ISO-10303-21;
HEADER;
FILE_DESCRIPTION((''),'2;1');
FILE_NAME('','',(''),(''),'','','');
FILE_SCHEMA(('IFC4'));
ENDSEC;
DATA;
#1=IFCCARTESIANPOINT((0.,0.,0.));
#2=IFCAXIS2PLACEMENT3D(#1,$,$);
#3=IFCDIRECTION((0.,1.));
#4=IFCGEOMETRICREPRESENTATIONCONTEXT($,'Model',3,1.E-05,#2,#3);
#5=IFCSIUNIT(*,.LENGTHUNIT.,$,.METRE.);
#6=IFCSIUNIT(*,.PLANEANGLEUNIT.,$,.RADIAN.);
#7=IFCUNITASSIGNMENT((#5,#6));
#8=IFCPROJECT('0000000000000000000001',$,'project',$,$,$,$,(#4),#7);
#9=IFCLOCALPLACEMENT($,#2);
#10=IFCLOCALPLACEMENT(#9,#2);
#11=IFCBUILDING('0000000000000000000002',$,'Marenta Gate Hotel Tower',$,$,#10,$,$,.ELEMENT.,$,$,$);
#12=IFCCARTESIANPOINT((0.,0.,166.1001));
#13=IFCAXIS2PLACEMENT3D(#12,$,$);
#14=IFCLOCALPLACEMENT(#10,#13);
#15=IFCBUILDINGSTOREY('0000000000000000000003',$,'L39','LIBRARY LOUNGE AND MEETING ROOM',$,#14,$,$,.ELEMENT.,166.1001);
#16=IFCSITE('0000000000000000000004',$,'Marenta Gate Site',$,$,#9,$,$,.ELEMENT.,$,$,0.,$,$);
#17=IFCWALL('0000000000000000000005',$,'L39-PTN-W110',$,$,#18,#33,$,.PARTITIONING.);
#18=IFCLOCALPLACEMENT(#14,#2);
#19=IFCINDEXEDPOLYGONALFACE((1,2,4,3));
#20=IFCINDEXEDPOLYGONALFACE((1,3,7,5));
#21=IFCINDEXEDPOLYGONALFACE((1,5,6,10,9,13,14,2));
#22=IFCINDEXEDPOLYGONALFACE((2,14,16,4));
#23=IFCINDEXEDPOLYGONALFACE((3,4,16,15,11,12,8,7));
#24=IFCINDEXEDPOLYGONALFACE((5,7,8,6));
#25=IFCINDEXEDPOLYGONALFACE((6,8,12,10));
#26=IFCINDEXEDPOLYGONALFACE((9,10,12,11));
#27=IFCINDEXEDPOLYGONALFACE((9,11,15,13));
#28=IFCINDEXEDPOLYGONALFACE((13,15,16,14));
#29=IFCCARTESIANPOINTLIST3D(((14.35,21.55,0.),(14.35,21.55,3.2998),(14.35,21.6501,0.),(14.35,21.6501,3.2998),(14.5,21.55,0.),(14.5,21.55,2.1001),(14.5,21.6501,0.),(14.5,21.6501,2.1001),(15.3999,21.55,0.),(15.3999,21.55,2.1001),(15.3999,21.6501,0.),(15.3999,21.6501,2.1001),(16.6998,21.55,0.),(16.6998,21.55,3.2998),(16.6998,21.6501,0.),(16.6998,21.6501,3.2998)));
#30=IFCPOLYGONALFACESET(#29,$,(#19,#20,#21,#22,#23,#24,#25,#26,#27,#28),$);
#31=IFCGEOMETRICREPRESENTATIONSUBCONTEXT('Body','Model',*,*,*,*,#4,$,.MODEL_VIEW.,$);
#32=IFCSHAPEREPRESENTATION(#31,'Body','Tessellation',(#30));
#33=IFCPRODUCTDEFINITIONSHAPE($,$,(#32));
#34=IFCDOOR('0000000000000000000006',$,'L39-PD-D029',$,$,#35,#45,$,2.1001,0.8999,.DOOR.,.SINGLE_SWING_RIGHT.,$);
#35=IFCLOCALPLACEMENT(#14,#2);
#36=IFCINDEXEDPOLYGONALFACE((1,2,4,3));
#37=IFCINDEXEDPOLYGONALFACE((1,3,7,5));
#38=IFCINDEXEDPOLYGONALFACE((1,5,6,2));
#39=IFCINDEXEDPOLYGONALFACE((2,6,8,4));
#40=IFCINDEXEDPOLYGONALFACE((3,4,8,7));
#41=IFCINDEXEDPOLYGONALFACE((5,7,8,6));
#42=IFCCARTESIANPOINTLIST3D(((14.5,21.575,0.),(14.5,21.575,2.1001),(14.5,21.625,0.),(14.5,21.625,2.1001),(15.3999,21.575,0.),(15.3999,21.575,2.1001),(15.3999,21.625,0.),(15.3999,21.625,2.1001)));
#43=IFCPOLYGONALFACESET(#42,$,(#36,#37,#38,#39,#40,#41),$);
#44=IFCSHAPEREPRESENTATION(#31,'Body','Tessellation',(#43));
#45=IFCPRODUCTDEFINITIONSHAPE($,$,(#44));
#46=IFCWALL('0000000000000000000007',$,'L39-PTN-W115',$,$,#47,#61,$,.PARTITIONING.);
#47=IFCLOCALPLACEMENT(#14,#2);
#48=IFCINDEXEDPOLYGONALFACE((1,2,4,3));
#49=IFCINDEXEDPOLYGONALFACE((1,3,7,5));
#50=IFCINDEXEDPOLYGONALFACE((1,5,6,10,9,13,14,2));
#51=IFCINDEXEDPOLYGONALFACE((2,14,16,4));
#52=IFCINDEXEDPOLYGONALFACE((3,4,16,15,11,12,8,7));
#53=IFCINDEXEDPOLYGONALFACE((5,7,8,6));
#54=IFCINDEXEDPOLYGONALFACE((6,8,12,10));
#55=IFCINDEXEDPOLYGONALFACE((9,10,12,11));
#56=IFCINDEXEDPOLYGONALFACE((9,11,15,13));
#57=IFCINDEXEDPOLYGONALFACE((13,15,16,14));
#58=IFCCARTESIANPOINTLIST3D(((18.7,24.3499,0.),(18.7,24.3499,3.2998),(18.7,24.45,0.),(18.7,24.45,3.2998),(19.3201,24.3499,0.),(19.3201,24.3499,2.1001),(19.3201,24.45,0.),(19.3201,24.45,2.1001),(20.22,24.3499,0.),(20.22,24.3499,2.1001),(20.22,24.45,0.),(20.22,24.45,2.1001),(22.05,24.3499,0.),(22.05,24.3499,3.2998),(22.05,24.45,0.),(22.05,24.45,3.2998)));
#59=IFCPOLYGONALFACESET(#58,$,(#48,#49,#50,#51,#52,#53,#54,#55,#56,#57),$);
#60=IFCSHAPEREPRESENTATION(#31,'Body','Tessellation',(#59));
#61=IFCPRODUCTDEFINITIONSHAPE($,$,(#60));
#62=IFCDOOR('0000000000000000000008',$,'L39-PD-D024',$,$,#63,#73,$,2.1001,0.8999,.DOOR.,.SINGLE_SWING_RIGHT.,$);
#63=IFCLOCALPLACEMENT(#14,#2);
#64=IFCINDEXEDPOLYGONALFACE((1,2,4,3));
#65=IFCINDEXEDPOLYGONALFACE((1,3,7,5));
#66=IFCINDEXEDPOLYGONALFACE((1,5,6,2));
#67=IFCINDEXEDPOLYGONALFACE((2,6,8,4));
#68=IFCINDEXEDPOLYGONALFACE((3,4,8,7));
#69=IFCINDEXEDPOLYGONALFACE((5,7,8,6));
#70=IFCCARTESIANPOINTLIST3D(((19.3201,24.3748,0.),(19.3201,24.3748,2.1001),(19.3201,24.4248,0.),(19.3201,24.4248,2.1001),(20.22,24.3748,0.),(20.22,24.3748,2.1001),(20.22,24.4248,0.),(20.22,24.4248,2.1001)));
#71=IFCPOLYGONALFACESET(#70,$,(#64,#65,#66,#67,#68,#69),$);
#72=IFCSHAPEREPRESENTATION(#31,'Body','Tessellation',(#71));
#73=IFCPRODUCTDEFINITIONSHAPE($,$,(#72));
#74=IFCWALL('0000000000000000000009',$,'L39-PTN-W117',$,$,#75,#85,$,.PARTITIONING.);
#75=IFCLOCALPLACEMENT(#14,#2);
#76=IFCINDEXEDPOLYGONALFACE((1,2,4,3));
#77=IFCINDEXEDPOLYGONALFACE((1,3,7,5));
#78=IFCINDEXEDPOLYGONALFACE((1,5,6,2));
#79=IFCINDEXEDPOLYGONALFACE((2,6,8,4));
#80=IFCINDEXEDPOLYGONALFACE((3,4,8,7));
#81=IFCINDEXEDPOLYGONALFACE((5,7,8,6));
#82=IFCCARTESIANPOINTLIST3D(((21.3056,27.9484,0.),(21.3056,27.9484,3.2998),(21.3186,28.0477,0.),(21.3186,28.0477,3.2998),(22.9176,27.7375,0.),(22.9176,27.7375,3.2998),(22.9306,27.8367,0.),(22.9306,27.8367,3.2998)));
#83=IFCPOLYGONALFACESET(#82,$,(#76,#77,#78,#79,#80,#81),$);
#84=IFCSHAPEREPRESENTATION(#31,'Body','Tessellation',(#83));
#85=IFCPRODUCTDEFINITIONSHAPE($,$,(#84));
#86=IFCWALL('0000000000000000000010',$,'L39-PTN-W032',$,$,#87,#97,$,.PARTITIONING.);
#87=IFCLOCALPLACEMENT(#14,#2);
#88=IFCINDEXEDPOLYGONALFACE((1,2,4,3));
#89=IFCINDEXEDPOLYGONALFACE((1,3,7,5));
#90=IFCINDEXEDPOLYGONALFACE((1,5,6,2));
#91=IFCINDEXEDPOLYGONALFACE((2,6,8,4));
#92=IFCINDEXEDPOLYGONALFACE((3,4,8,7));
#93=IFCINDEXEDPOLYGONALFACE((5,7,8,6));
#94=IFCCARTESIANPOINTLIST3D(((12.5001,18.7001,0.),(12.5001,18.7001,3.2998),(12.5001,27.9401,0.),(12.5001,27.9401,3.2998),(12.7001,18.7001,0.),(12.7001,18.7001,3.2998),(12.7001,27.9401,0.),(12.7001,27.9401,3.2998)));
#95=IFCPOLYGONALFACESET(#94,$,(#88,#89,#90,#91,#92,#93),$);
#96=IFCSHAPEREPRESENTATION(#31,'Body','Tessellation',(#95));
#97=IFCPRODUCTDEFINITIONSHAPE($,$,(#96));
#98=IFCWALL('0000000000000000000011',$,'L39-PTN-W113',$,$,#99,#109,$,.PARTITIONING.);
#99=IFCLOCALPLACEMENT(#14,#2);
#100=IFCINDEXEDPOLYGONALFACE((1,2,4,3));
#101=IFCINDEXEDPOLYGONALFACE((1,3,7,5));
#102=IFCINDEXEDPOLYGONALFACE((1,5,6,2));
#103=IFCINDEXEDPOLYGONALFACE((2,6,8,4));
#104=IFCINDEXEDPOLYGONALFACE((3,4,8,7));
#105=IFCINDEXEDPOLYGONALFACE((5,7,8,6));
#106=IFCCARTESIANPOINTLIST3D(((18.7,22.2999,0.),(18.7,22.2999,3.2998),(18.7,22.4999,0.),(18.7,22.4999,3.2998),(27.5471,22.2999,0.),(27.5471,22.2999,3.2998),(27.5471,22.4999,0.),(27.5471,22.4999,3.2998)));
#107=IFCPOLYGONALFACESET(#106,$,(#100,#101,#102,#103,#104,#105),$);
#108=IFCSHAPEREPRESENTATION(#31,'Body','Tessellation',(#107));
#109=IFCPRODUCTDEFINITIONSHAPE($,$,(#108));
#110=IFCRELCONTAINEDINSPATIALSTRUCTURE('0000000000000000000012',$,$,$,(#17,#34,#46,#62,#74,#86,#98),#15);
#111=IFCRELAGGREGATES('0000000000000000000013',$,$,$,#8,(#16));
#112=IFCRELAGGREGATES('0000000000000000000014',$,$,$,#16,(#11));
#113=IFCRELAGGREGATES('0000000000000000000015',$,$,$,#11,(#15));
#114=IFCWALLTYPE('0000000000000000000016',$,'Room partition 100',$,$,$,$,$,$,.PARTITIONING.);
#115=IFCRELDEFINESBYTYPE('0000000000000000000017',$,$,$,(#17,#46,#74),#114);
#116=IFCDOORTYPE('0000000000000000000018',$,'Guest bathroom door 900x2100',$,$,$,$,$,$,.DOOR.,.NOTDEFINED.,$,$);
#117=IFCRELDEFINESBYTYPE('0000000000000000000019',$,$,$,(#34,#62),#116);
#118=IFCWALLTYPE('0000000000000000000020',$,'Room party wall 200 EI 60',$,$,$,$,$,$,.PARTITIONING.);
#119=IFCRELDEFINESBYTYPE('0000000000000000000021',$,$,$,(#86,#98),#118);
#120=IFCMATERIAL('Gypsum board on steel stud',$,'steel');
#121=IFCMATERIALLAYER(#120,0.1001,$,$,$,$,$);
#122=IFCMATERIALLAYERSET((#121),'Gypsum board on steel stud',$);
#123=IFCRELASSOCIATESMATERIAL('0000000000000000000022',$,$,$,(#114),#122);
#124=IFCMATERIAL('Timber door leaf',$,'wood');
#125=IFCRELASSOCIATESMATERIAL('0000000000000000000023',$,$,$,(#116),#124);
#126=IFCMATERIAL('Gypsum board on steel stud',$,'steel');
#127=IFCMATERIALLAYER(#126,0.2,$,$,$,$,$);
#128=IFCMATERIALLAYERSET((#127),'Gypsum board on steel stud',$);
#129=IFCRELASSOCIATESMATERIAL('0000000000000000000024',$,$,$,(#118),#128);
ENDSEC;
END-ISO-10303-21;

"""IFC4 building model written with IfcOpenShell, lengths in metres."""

from ifc_helpers import new_model, si_unit, direction, frame, frame_2d, origin, place, context, subcontext, project, spatial, rectangle, extrude, material, layer, layer_set, type_object, element, fill, save


model = new_model("IFC4")

# Units and contexts
model_context = context("Model", 3, precision=1e-05, world=origin(), true_north=direction((0.0, 1.0)))
body_context = subcontext(model_context, "Body", "Model", "MODEL_VIEW")
ifc_project = project(units=[si_unit("LENGTHUNIT", "METRE"), si_unit("PLANEANGLEUNIT", "RADIAN")], contexts=[model_context])

# Site, building, storey
site_placement = place(None, origin())
site = spatial("IfcSite", under=ifc_project, at=site_placement, Name="Marenta Gate Site", CompositionType="ELEMENT", RefElevation=0.0)
building_placement = place(site_placement, origin())
building = spatial("IfcBuilding", under=site, at=building_placement, Name="Marenta Gate Hotel Tower", CompositionType="ELEMENT")
storey_placement = place(building_placement, frame((0.0, 0.0, 166.1001)))
storey = spatial("IfcBuildingStorey", under=building, at=storey_placement, Name="L39", Description="LIBRARY LOUNGE AND MEETING ROOM", CompositionType="ELEMENT", Elevation=166.1001)

# Shared definitions
ifc_material_1 = material(Name="Gypsum board on steel stud", Category="steel")
ifc_layer_1 = layer(ifc_material_1, 0.1001)
ifc_layer_set_1 = layer_set([ifc_layer_1], Name="Gypsum board on steel stud")
wall_type_1 = type_object("IfcWallType", Name="Room partition 100", PredefinedType="PARTITIONING", material=ifc_layer_set_1)

# Walls, openings, doors
wall_1_placement = place(storey_placement, frame((14.3501, 21.6001, 0.0), z_axis=(0.0, 0.0, 1.0), x_axis=(1.0, 0.0, 0.0)))
wall_1 = element("IfcWall", 1, at=wall_1_placement, inside=storey, type_object=wall_type_1, Name="L39-PTN-W110", PredefinedType="PARTITIONING", context=body_context, shape_type="SweptSolid", body=[
    extrude(rectangle(XDim=2.3499, YDim=0.1001, at=frame_2d((1.1748, 0.0))), origin(), (0.0, 0.0, 1.0), 3.2998),
])
opening_1_placement = place(wall_1_placement, frame((0.1499, 0.0, 0.0)))
opening_1 = element("IfcOpeningElement", 2, at=opening_1_placement, cuts=wall_1, PredefinedType="OPENING", context=body_context, shape_type="SweptSolid", body=[
    extrude(rectangle(XDim=0.8999, YDim=2.1001, at=frame_2d((0.45, 1.05))), frame((0.0, 0.05, 0.0), z_axis=(0.0, -1.0, 0.0), x_axis=(1.0, 0.0, 0.0)), (0.0, 0.0, 1.0), 0.1001),
])
ifc_material_2 = material(Name="Timber door leaf", Category="wood")
door_type = type_object("IfcDoorType", Name="Guest bathroom door 900x2100", OperationType="NOTDEFINED", PredefinedType="DOOR", material=ifc_material_2)
door_1_placement = place(opening_1_placement, origin())
door_1 = element("IfcDoor", 3, at=door_1_placement, inside=storey, type_object=door_type, Name="L39-PD-D029", OperationType="SINGLE_SWING_RIGHT", OverallHeight=2.1001, OverallWidth=0.8999, PredefinedType="DOOR", context=body_context, shape_type="SweptSolid", body=[
    extrude(rectangle(XDim=0.8999, YDim=2.1001, at=frame_2d((0.45, 1.05))), frame((0.0, 0.0249, 0.0), z_axis=(0.0, -1.0, 0.0), x_axis=(1.0, 0.0, 0.0)), (0.0, 0.0, 1.0), 0.05),
])
fill(opening_1, door_1)
wall_2_placement = place(storey_placement, frame((18.7, 24.3999, 0.0), z_axis=(0.0, 0.0, 1.0), x_axis=(1.0, 0.0, 0.0)))
wall_2 = element("IfcWall", 4, at=wall_2_placement, inside=storey, type_object=wall_type_1, Name="L39-PTN-W115", PredefinedType="PARTITIONING", context=body_context, shape_type="SweptSolid", body=[
    extrude(rectangle(XDim=3.3501, YDim=0.1001, at=frame_2d((1.675, 0.0))), origin(), (0.0, 0.0, 1.0), 3.2998),
])
opening_2_placement = place(wall_2_placement, frame((0.6201, 0.0, 0.0)))
opening_2 = element("IfcOpeningElement", 5, at=opening_2_placement, cuts=wall_2, PredefinedType="OPENING", context=body_context, shape_type="SweptSolid", body=[
    extrude(rectangle(XDim=0.8999, YDim=2.1001, at=frame_2d((0.45, 1.05))), frame((0.0, 0.05, 0.0), z_axis=(0.0, -1.0, 0.0), x_axis=(1.0, 0.0, 0.0)), (0.0, 0.0, 1.0), 0.1001),
])
door_2_placement = place(opening_2_placement, origin())
door_2 = element("IfcDoor", 6, at=door_2_placement, inside=storey, type_object=door_type, Name="L39-PD-D024", OperationType="SINGLE_SWING_RIGHT", OverallHeight=2.1001, OverallWidth=0.8999, PredefinedType="DOOR", context=body_context, shape_type="SweptSolid", body=[
    extrude(rectangle(XDim=0.8999, YDim=2.1001, at=frame_2d((0.45, 1.05))), frame((0.0, 0.0249, 0.0), z_axis=(0.0, -1.0, 0.0), x_axis=(1.0, 0.0, 0.0)), (0.0, 0.0, 1.0), 0.05),
])
fill(opening_2, door_2)

# Walls
wall_3_placement = place(storey_placement, frame((21.312, 27.998, 0.0), z_axis=(0.0, 0.0, 1.0), x_axis=(0.991548, -0.129744, 0.0)))
element("IfcWall", 7, at=wall_3_placement, inside=storey, type_object=wall_type_1, Name="L39-PTN-W117", PredefinedType="PARTITIONING", context=body_context, shape_type="SweptSolid", body=[
    extrude(rectangle(XDim=1.6257, YDim=0.1001, at=frame_2d((0.813, 0.0))), origin(), (0.0, 0.0, 1.0), 3.2998),
])
ifc_material_3 = material(Name="Gypsum board on steel stud", Category="steel")
ifc_layer_2 = layer(ifc_material_3, 0.2)
ifc_layer_set_2 = layer_set([ifc_layer_2], Name="Gypsum board on steel stud")
wall_type_2 = type_object("IfcWallType", Name="Room party wall 200 EI 60", PredefinedType="PARTITIONING", material=ifc_layer_set_2)
wall_4_placement = place(storey_placement, frame((12.6001, 18.7, 0.0), z_axis=(0.0, 0.0, 1.0), x_axis=(0.0, 1.0, 0.0)))
element("IfcWall", 8, at=wall_4_placement, inside=storey, type_object=wall_type_2, Name="L39-PTN-W032", PredefinedType="PARTITIONING", context=body_context, shape_type="SweptSolid", body=[
    extrude(rectangle(XDim=9.24, YDim=0.2, at=frame_2d((4.6201, 0.0))), origin(), (0.0, 0.0, 1.0), 3.2998),
])
wall_5_placement = place(storey_placement, frame((18.7, 22.3999, 0.0), z_axis=(0.0, 0.0, 1.0), x_axis=(1.0, 0.0, 0.0)))
element("IfcWall", 9, at=wall_5_placement, inside=storey, type_object=wall_type_2, Name="L39-PTN-W113", PredefinedType="PARTITIONING", context=body_context, shape_type="SweptSolid", body=[
    extrude(rectangle(XDim=8.8472, YDim=0.2, at=frame_2d((4.4236, 0.0))), origin(), (0.0, 0.0, 1.0), 3.2998),
])

save(model, "model.ifc")
